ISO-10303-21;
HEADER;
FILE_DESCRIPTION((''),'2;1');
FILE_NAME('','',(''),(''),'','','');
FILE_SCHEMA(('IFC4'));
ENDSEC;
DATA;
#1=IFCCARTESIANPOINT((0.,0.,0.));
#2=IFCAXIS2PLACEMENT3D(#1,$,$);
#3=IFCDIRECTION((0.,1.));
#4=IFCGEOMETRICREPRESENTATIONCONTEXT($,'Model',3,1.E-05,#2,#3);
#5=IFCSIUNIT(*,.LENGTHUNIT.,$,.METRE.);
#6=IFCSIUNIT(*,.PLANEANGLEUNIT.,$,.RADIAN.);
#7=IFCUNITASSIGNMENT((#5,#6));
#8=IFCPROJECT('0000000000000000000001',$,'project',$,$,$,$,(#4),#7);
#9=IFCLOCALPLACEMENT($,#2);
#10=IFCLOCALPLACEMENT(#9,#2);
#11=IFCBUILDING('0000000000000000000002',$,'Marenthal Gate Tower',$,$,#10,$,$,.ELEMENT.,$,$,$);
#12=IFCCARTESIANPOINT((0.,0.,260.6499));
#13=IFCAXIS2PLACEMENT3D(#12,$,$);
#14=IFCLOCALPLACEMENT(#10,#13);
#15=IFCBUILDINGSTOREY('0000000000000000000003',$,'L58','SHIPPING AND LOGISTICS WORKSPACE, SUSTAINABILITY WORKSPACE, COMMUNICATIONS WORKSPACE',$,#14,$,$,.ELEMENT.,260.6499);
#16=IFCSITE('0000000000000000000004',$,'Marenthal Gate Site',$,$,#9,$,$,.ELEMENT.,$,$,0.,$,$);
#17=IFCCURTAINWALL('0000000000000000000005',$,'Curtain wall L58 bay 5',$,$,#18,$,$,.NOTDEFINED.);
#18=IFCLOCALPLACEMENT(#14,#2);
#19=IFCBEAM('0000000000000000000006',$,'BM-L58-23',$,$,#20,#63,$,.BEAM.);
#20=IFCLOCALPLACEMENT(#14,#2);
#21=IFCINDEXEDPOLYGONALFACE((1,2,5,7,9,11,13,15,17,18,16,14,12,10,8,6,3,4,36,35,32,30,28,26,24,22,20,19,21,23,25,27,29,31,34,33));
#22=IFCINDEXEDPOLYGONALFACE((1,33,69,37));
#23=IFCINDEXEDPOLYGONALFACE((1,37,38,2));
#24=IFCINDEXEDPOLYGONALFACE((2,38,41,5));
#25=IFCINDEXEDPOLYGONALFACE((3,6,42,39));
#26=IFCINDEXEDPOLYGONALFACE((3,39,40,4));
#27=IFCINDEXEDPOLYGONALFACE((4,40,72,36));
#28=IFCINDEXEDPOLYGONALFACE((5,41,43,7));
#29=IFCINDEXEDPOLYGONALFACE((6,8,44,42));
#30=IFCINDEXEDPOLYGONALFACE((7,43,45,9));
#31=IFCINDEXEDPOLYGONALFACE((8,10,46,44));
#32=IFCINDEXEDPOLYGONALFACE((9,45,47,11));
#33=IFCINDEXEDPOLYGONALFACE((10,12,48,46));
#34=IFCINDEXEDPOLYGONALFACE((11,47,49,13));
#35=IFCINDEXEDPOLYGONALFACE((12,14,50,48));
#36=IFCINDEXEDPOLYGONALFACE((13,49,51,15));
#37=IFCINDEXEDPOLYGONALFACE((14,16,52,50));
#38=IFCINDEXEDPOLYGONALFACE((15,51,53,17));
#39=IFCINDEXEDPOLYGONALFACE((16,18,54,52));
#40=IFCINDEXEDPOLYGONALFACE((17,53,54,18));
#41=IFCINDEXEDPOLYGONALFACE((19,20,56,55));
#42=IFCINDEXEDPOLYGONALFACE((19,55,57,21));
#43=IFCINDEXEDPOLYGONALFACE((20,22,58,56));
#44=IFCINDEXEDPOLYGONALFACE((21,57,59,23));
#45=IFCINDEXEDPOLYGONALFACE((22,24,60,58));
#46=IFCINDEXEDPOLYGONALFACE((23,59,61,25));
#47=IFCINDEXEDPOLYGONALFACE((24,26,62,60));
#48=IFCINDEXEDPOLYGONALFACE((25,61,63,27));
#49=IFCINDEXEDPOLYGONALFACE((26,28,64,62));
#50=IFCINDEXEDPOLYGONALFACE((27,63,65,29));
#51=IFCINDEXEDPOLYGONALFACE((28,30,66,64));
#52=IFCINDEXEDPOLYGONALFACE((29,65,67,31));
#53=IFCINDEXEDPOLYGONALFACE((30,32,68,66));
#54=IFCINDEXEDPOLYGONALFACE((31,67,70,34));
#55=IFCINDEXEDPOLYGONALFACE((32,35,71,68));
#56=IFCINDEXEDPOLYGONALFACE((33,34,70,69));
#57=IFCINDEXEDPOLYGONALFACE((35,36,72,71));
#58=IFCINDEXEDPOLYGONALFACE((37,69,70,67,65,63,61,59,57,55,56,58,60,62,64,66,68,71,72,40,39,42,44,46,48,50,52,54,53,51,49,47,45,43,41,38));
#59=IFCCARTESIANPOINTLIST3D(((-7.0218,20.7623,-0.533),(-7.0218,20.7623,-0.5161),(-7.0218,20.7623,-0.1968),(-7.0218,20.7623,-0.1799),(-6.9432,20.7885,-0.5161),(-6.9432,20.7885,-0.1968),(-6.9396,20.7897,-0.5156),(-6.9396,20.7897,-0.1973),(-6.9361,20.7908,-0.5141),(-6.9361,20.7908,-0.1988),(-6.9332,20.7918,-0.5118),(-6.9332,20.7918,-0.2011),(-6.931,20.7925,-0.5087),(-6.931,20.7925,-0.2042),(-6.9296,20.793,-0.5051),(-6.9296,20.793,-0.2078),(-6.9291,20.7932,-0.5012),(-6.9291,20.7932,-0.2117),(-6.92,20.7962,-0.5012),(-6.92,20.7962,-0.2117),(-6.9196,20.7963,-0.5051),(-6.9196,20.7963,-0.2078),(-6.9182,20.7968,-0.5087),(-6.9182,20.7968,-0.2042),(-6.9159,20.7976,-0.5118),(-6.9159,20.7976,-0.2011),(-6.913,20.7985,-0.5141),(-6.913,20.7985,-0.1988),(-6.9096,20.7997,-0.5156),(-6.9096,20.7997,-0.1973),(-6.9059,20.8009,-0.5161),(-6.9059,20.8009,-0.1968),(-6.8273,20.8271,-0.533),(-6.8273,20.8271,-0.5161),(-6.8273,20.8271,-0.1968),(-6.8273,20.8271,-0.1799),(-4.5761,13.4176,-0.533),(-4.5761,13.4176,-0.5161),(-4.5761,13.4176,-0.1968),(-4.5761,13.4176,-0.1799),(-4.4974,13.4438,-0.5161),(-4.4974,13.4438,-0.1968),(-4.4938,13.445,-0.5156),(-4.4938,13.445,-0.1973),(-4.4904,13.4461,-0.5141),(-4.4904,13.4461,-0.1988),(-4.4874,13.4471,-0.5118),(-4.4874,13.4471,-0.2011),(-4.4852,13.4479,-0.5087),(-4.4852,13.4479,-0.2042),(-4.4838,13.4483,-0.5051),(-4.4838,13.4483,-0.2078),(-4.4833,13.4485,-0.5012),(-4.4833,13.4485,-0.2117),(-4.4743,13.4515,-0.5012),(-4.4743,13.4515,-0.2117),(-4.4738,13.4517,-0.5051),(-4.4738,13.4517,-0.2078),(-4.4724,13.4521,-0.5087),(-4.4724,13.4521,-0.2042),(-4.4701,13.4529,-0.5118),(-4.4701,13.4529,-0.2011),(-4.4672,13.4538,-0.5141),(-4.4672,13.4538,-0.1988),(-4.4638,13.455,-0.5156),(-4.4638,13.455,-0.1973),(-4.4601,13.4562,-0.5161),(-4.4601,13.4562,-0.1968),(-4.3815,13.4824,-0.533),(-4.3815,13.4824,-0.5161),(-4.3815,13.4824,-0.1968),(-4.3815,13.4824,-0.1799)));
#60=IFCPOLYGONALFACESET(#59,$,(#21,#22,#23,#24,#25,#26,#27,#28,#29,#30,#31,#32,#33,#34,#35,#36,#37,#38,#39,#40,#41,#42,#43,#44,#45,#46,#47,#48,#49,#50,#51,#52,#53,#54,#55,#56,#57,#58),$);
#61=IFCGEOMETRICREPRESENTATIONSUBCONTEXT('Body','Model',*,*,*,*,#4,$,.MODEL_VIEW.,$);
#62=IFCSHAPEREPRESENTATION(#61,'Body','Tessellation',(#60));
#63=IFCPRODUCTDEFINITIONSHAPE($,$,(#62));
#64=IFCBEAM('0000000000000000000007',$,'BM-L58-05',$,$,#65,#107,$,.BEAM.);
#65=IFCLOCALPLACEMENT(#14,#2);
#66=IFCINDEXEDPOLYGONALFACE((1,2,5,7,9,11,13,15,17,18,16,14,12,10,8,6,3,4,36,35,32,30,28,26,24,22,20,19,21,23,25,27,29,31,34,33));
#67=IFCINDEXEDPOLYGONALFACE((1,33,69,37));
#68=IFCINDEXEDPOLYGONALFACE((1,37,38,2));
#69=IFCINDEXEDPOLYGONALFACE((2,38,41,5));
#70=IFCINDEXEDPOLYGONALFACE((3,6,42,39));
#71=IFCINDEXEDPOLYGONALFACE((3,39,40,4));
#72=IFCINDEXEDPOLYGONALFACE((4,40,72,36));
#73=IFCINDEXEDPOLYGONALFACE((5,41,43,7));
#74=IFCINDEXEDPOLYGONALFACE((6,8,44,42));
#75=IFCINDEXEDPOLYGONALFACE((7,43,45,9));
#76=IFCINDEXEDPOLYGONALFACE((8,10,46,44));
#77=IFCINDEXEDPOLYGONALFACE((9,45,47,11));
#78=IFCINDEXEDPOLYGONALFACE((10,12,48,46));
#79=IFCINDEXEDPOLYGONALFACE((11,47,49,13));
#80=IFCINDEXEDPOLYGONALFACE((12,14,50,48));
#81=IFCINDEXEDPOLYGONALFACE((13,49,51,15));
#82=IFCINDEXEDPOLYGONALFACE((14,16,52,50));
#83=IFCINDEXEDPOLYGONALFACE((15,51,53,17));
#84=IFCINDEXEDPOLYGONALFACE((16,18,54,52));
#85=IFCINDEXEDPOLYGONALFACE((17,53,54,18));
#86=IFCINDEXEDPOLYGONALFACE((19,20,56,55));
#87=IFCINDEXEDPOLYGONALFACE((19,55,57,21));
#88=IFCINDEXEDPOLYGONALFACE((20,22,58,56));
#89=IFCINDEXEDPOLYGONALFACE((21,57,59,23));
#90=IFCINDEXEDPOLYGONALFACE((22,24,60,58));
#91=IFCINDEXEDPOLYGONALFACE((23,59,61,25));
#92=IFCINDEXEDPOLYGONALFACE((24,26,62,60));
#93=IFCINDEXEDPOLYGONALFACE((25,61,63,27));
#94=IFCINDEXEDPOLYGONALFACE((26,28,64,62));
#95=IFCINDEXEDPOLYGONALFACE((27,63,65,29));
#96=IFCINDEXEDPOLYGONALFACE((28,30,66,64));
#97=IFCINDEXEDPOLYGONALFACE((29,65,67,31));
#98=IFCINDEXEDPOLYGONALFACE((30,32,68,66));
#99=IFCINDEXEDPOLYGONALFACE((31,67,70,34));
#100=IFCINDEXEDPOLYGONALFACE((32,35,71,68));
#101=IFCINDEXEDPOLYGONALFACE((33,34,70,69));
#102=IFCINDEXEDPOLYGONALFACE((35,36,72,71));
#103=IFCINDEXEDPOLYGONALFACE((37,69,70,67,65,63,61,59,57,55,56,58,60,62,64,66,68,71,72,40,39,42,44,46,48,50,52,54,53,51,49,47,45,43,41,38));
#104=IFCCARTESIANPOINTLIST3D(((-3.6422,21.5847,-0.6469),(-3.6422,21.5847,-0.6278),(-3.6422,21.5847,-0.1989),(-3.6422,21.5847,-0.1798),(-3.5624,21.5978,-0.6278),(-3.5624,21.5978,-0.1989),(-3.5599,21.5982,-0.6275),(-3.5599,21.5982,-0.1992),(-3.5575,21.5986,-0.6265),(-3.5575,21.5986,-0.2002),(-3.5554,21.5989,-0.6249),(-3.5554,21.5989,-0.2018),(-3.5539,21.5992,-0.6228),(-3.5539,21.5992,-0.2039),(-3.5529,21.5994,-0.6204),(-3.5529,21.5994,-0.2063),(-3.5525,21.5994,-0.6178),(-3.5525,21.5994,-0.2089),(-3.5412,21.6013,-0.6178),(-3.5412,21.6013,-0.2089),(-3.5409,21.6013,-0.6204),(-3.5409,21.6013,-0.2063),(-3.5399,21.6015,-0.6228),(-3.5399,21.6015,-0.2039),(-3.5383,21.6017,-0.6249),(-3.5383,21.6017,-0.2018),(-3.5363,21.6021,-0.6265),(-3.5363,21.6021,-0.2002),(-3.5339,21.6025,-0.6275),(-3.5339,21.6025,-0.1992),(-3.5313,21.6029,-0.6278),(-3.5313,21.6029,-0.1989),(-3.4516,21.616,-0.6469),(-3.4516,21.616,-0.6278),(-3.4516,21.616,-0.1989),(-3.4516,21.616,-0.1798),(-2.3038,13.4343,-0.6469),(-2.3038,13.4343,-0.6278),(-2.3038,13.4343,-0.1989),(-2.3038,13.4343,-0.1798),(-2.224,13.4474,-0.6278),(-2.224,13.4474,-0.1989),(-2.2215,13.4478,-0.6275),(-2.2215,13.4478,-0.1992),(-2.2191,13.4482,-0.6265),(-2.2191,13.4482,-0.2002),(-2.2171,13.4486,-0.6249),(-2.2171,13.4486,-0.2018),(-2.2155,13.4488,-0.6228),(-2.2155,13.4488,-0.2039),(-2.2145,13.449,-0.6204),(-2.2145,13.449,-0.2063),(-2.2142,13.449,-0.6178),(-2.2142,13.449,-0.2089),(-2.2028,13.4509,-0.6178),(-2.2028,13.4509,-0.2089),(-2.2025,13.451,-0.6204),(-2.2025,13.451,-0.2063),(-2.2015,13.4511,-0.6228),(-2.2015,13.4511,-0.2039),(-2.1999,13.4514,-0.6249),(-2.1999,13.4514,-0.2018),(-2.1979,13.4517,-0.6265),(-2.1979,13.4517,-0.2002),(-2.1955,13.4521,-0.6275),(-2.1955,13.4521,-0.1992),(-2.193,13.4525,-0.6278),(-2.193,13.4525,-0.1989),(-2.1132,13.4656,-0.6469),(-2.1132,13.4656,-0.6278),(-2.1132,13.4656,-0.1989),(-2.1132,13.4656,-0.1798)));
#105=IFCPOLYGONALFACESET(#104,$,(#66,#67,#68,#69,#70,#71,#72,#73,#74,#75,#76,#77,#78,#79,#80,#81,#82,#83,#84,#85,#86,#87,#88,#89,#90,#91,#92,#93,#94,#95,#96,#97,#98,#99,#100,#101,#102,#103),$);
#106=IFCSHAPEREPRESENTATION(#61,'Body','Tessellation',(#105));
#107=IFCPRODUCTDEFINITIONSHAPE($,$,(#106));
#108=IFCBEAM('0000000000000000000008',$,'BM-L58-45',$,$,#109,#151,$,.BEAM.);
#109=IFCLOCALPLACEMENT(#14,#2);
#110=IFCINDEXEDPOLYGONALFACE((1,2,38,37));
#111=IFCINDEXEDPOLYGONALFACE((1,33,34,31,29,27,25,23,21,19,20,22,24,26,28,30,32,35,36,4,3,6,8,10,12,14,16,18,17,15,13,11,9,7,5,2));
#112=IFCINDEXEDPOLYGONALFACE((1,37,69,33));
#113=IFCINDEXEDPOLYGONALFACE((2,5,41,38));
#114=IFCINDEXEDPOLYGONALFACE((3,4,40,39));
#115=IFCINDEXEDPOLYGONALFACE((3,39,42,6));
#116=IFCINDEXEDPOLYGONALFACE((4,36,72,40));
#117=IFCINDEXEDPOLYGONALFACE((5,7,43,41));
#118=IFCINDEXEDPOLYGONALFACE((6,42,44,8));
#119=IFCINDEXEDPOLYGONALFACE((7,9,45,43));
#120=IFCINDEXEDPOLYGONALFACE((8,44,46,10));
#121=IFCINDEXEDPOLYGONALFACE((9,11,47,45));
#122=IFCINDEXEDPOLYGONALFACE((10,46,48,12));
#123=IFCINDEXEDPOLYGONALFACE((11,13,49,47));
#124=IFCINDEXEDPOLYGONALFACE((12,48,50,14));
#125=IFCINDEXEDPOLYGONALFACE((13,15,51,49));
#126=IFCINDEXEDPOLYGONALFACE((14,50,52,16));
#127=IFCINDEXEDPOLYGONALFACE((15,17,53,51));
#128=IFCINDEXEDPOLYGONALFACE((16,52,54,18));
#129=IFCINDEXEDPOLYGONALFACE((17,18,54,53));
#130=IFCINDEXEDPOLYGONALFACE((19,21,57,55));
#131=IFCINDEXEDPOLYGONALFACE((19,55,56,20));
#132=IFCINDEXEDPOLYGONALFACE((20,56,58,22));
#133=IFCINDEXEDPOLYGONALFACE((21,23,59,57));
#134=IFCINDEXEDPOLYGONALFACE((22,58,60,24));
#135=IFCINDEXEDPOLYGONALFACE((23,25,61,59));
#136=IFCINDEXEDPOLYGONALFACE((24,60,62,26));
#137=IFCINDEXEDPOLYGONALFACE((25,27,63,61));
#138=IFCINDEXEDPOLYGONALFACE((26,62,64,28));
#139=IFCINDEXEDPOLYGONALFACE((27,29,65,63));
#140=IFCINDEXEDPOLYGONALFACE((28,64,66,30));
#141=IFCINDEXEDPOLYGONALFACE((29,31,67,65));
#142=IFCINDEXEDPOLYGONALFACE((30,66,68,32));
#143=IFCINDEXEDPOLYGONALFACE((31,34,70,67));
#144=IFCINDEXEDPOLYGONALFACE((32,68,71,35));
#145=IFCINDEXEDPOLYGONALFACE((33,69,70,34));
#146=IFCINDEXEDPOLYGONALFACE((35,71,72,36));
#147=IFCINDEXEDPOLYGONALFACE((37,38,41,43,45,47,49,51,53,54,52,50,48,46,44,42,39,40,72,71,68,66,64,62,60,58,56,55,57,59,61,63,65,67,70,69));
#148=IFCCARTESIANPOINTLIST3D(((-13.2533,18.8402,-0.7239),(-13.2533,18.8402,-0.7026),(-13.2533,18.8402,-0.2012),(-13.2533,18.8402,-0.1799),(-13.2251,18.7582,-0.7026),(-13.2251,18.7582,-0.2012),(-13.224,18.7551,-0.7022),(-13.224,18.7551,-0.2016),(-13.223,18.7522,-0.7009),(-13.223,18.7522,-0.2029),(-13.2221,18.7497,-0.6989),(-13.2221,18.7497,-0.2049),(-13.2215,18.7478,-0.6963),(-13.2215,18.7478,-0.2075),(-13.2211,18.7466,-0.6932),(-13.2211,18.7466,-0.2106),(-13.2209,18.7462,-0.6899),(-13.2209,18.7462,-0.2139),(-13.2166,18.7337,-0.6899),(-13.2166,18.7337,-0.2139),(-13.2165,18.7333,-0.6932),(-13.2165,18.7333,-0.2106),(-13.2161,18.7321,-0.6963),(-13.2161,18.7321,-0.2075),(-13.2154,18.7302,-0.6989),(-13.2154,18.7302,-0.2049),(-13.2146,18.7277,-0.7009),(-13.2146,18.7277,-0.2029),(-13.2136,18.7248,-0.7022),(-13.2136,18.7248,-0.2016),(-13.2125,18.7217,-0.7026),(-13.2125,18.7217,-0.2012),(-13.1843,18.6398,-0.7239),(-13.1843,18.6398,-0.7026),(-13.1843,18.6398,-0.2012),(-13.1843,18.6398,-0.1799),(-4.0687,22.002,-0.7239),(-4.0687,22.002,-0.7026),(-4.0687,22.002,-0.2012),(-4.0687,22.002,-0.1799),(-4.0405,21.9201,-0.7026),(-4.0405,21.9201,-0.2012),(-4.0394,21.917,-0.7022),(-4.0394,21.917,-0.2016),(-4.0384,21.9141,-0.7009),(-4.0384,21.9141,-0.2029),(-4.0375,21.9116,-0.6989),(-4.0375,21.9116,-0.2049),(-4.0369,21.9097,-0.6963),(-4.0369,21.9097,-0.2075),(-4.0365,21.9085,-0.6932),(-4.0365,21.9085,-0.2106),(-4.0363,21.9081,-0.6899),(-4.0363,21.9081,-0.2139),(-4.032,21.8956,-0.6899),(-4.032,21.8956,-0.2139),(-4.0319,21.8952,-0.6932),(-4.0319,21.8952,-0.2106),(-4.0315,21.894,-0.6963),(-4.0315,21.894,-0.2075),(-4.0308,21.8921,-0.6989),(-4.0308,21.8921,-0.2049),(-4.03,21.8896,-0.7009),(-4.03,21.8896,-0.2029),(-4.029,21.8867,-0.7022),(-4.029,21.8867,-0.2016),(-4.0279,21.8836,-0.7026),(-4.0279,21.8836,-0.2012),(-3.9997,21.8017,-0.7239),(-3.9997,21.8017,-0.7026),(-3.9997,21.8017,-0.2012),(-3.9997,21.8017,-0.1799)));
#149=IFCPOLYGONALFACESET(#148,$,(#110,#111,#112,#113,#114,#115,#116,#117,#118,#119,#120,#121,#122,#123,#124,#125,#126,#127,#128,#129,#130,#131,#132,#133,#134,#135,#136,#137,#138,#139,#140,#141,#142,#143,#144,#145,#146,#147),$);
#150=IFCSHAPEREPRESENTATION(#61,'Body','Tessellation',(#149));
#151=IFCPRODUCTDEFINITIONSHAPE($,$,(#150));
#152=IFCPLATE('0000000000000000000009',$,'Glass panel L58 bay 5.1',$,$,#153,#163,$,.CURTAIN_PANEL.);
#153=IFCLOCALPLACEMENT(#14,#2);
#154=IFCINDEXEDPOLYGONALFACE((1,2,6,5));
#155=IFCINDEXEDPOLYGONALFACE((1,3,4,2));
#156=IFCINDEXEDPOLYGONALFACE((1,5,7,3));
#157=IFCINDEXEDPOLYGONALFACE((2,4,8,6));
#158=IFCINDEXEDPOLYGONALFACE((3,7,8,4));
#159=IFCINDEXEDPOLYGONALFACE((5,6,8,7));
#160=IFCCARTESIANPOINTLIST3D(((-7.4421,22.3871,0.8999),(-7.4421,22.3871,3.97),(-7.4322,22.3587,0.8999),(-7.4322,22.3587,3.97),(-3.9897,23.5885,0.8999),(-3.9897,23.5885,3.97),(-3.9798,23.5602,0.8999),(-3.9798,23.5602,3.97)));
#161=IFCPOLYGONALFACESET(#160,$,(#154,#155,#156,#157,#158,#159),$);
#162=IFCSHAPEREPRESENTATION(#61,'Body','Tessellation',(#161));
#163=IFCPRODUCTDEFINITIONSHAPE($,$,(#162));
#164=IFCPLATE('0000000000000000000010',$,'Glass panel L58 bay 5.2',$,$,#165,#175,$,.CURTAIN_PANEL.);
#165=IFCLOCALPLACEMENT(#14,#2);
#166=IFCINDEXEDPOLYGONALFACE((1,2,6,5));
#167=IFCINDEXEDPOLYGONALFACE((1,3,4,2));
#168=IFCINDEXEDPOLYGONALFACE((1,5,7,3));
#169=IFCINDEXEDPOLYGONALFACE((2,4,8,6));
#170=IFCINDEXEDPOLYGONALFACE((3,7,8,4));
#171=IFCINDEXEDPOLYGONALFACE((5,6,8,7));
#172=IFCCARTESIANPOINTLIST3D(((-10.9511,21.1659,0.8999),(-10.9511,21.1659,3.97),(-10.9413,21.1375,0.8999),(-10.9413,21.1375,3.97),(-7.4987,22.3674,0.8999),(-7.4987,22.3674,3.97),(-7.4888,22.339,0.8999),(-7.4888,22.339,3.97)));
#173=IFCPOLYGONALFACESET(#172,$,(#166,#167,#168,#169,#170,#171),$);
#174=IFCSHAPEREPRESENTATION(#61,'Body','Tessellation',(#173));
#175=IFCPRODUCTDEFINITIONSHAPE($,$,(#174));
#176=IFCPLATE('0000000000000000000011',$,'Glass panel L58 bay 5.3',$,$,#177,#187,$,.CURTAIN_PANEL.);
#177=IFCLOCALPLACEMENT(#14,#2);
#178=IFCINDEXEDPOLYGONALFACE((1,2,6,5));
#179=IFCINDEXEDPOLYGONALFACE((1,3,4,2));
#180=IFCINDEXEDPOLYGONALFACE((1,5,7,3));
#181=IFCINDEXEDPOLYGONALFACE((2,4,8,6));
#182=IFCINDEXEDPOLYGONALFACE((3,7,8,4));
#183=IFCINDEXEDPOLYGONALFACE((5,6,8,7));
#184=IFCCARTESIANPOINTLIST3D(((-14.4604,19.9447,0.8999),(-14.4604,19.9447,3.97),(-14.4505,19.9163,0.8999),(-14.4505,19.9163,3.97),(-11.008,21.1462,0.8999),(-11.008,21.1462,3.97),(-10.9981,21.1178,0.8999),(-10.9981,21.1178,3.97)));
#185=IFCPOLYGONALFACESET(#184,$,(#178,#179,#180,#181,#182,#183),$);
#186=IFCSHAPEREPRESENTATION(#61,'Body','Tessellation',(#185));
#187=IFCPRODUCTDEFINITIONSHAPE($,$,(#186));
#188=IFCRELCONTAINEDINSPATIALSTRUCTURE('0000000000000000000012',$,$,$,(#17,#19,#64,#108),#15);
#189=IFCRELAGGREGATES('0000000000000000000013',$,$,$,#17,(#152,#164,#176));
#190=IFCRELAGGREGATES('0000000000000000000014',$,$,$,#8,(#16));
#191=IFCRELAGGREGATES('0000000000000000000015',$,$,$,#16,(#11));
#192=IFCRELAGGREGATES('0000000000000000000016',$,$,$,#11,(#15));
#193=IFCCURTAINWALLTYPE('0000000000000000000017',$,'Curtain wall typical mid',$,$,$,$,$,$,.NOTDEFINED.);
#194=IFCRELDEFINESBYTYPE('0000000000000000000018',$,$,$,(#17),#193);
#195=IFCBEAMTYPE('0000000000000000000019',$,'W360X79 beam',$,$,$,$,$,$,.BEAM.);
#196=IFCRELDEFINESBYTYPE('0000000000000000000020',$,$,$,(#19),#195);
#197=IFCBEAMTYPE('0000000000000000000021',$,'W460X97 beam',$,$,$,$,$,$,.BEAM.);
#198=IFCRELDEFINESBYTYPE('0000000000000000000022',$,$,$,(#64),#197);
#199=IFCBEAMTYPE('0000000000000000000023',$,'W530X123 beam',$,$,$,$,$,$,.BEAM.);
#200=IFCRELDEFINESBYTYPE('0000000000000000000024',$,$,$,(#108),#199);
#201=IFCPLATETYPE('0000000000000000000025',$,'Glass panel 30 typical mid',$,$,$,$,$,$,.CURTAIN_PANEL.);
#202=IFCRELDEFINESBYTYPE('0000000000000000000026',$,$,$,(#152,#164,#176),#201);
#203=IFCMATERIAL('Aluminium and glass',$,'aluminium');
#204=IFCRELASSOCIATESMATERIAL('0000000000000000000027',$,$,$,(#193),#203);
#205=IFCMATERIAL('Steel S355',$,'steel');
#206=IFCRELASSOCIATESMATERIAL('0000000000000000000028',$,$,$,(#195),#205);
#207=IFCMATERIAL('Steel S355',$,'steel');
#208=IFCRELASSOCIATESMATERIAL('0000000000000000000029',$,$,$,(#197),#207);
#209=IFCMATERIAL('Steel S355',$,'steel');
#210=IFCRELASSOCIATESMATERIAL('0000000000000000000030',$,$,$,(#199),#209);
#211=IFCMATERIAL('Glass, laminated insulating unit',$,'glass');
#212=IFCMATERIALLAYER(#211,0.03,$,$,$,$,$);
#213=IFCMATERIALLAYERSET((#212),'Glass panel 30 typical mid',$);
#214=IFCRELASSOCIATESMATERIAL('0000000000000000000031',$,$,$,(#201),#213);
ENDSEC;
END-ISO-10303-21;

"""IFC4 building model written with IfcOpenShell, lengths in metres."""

from ifc_helpers import new_model, si_unit, direction, frame, origin, origin_2d, place, context, subcontext, project, spatial, rectangle, i_section, extrude, material, layer, layer_set, material_profile, profile_set, type_object, element, aggregate, save


model = new_model("IFC4")

# Units and contexts
model_context = context("Model", 3, precision=1e-05, world=origin(), true_north=direction((0.0, 1.0)))
body_context = subcontext(model_context, "Body", "Model", "MODEL_VIEW")
ifc_project = project(units=[si_unit("LENGTHUNIT", "METRE"), si_unit("PLANEANGLEUNIT", "RADIAN")], contexts=[model_context])

# Site, building, storey
site_placement = place(None, origin())
site = spatial("IfcSite", under=ifc_project, at=site_placement, Name="Marenthal Gate Site", CompositionType="ELEMENT", RefElevation=0.0)
building_placement = place(site_placement, origin())
building = spatial("IfcBuilding", under=site, at=building_placement, Name="Marenthal Gate Tower", CompositionType="ELEMENT")
storey_placement = place(building_placement, frame((0.0, 0.0, 260.6499)))
storey = spatial("IfcBuildingStorey", under=building, at=storey_placement, Name="L58", Description="SHIPPING AND LOGISTICS WORKSPACE, SUSTAINABILITY WORKSPACE, COMMUNICATIONS WORKSPACE", CompositionType="ELEMENT", Elevation=260.6499)

# Curtain wall
ifc_material_1 = material(Name="Aluminium and glass", Category="aluminium")
curtain_wall_type = type_object("IfcCurtainWallType", Name="Curtain wall typical mid", PredefinedType="NOTDEFINED", material=ifc_material_1)
curtain_wall_placement = place(storey_placement, origin())
curtain_wall = element("IfcCurtainWall", 1, at=curtain_wall_placement, inside=storey, type_object=curtain_wall_type, Name="Curtain wall L58 bay 5", PredefinedType="NOTDEFINED")

# Beams
ifc_material_2 = material(Name="Steel S355", Category="steel")
ifc_material_profile_1 = material_profile(ifc_material_2, i_section(OverallWidth=0.2051, OverallDepth=0.353, WebThickness=0.0095, FlangeThickness=0.0168, FilletRadius=0.0149, at=origin_2d()), Name="W360X79")
ifc_profile_set_1 = profile_set([ifc_material_profile_1], Name="Steel S355")
beam_type_1 = type_object("IfcBeamType", Name="W360X79 beam", PredefinedType="BEAM", material=ifc_profile_set_1)
beam_1_placement = place(storey_placement, frame((-6.9246, 20.7947, -0.3564), z_axis=(0.315944, -0.948778, 0.0), x_axis=(0.948778, 0.315944, 0.0)))
element("IfcBeam", 2, at=beam_1_placement, inside=storey, type_object=beam_type_1, Name="BM-L58-23", PredefinedType="BEAM", context=body_context, shape_type="SweptSolid", body=[
    extrude(i_section(OverallWidth=0.2051, OverallDepth=0.353, WebThickness=0.0095, FlangeThickness=0.0168, FilletRadius=0.0149, at=origin_2d()), origin(), (0.0, 0.0, 1.0), 7.7412),
])
ifc_material_3 = material(Name="Steel S355", Category="steel")
ifc_material_profile_2 = material_profile(ifc_material_3, i_section(OverallWidth=0.1931, OverallDepth=0.467, WebThickness=0.0115, FlangeThickness=0.019, FilletRadius=0.01, at=origin_2d()), Name="W460X97")
ifc_profile_set_2 = profile_set([ifc_material_profile_2], Name="Steel S355")
beam_type_2 = type_object("IfcBeamType", Name="W460X97 beam", PredefinedType="BEAM", material=ifc_profile_set_2)
beam_2_placement = place(storey_placement, frame((-3.5469, 21.6003, -0.4133), z_axis=(0.16204, -0.986784, 0.0), x_axis=(0.986784, 0.16204, 0.0)))
element("IfcBeam", 3, at=beam_2_placement, inside=storey, type_object=beam_type_2, Name="BM-L58-05", PredefinedType="BEAM", context=body_context, shape_type="SweptSolid", body=[
    extrude(i_section(OverallWidth=0.1931, OverallDepth=0.467, WebThickness=0.0115, FlangeThickness=0.019, FilletRadius=0.01, at=origin_2d()), origin(), (0.0, 0.0, 1.0), 8.2595),
])
ifc_material_4 = material(Name="Steel S355", Category="steel")
ifc_material_profile_3 = material_profile(ifc_material_4, i_section(OverallWidth=0.2119, OverallDepth=0.5439, WebThickness=0.0132, FlangeThickness=0.0212, FilletRadius=0.0127, at=origin_2d()), Name="W530X123")
ifc_profile_set_3 = profile_set([ifc_material_profile_3], Name="Steel S355")
beam_type_3 = type_object("IfcBeamType", Name="W530X123 beam", PredefinedType="BEAM", material=ifc_profile_set_3)
beam_3_placement = place(storey_placement, frame((-4.0342, 21.9019, -0.4519), z_axis=(-0.945539, -0.32551, 0.0), x_axis=(0.32551, -0.945539, 0.0)))
element("IfcBeam", 4, at=beam_3_placement, inside=storey, type_object=beam_type_3, Name="BM-L58-45", PredefinedType="BEAM", context=body_context, shape_type="SweptSolid", body=[
    extrude(i_section(OverallWidth=0.2119, OverallDepth=0.5439, WebThickness=0.0132, FlangeThickness=0.0212, FilletRadius=0.0127, at=origin_2d()), origin(), (0.0, 0.0, 1.0), 9.7136),
])

# Plates
ifc_material_5 = material(Name="Glass, laminated insulating unit", Category="glass")
ifc_layer_1 = layer(ifc_material_5, 0.03)
ifc_layer_set_1 = layer_set([ifc_layer_1], Name="Glass panel 30 typical mid")
plate_type = type_object("IfcPlateType", Name="Glass panel 30 typical mid", PredefinedType="CURTAIN_PANEL", material=ifc_layer_set_1)
plate_1_placement = place(storey_placement, frame((-5.7109, 22.9736, 0.8999), z_axis=(0.0, 0.0, 1.0), x_axis=(-0.944445, -0.32867, 0.0)))
plate_1 = element("IfcPlate", 5, at=plate_1_placement, type_object=plate_type, Name="Glass panel L58 bay 5.1", PredefinedType="CURTAIN_PANEL", context=body_context, shape_type="SweptSolid", body=[
    extrude(rectangle(XDim=3.6555, YDim=0.03, at=origin_2d()), origin(), (0.0, 0.0, 1.0), 3.0701),
])
plate_2_placement = place(storey_placement, frame((-9.22, 21.7524, 0.8999), z_axis=(0.0, 0.0, 1.0), x_axis=(-0.944445, -0.32867, 0.0)))
plate_2 = element("IfcPlate", 6, at=plate_2_placement, type_object=plate_type, Name="Glass panel L58 bay 5.2", PredefinedType="CURTAIN_PANEL", context=body_context, shape_type="SweptSolid", body=[
    extrude(rectangle(XDim=3.6555, YDim=0.03, at=origin_2d()), origin(), (0.0, 0.0, 1.0), 3.0701),
])
plate_3_placement = place(storey_placement, frame((-12.7292, 20.5312, 0.8999), z_axis=(0.0, 0.0, 1.0), x_axis=(-0.944445, -0.32867, 0.0)))
plate_3 = element("IfcPlate", 7, at=plate_3_placement, type_object=plate_type, Name="Glass panel L58 bay 5.3", PredefinedType="CURTAIN_PANEL", context=body_context, shape_type="SweptSolid", body=[
    extrude(rectangle(XDim=3.6555, YDim=0.03, at=origin_2d()), origin(), (0.0, 0.0, 1.0), 3.0701),
])
aggregate(curtain_wall, [plate_1, plate_2, plate_3])

save(model, "model.ifc")
